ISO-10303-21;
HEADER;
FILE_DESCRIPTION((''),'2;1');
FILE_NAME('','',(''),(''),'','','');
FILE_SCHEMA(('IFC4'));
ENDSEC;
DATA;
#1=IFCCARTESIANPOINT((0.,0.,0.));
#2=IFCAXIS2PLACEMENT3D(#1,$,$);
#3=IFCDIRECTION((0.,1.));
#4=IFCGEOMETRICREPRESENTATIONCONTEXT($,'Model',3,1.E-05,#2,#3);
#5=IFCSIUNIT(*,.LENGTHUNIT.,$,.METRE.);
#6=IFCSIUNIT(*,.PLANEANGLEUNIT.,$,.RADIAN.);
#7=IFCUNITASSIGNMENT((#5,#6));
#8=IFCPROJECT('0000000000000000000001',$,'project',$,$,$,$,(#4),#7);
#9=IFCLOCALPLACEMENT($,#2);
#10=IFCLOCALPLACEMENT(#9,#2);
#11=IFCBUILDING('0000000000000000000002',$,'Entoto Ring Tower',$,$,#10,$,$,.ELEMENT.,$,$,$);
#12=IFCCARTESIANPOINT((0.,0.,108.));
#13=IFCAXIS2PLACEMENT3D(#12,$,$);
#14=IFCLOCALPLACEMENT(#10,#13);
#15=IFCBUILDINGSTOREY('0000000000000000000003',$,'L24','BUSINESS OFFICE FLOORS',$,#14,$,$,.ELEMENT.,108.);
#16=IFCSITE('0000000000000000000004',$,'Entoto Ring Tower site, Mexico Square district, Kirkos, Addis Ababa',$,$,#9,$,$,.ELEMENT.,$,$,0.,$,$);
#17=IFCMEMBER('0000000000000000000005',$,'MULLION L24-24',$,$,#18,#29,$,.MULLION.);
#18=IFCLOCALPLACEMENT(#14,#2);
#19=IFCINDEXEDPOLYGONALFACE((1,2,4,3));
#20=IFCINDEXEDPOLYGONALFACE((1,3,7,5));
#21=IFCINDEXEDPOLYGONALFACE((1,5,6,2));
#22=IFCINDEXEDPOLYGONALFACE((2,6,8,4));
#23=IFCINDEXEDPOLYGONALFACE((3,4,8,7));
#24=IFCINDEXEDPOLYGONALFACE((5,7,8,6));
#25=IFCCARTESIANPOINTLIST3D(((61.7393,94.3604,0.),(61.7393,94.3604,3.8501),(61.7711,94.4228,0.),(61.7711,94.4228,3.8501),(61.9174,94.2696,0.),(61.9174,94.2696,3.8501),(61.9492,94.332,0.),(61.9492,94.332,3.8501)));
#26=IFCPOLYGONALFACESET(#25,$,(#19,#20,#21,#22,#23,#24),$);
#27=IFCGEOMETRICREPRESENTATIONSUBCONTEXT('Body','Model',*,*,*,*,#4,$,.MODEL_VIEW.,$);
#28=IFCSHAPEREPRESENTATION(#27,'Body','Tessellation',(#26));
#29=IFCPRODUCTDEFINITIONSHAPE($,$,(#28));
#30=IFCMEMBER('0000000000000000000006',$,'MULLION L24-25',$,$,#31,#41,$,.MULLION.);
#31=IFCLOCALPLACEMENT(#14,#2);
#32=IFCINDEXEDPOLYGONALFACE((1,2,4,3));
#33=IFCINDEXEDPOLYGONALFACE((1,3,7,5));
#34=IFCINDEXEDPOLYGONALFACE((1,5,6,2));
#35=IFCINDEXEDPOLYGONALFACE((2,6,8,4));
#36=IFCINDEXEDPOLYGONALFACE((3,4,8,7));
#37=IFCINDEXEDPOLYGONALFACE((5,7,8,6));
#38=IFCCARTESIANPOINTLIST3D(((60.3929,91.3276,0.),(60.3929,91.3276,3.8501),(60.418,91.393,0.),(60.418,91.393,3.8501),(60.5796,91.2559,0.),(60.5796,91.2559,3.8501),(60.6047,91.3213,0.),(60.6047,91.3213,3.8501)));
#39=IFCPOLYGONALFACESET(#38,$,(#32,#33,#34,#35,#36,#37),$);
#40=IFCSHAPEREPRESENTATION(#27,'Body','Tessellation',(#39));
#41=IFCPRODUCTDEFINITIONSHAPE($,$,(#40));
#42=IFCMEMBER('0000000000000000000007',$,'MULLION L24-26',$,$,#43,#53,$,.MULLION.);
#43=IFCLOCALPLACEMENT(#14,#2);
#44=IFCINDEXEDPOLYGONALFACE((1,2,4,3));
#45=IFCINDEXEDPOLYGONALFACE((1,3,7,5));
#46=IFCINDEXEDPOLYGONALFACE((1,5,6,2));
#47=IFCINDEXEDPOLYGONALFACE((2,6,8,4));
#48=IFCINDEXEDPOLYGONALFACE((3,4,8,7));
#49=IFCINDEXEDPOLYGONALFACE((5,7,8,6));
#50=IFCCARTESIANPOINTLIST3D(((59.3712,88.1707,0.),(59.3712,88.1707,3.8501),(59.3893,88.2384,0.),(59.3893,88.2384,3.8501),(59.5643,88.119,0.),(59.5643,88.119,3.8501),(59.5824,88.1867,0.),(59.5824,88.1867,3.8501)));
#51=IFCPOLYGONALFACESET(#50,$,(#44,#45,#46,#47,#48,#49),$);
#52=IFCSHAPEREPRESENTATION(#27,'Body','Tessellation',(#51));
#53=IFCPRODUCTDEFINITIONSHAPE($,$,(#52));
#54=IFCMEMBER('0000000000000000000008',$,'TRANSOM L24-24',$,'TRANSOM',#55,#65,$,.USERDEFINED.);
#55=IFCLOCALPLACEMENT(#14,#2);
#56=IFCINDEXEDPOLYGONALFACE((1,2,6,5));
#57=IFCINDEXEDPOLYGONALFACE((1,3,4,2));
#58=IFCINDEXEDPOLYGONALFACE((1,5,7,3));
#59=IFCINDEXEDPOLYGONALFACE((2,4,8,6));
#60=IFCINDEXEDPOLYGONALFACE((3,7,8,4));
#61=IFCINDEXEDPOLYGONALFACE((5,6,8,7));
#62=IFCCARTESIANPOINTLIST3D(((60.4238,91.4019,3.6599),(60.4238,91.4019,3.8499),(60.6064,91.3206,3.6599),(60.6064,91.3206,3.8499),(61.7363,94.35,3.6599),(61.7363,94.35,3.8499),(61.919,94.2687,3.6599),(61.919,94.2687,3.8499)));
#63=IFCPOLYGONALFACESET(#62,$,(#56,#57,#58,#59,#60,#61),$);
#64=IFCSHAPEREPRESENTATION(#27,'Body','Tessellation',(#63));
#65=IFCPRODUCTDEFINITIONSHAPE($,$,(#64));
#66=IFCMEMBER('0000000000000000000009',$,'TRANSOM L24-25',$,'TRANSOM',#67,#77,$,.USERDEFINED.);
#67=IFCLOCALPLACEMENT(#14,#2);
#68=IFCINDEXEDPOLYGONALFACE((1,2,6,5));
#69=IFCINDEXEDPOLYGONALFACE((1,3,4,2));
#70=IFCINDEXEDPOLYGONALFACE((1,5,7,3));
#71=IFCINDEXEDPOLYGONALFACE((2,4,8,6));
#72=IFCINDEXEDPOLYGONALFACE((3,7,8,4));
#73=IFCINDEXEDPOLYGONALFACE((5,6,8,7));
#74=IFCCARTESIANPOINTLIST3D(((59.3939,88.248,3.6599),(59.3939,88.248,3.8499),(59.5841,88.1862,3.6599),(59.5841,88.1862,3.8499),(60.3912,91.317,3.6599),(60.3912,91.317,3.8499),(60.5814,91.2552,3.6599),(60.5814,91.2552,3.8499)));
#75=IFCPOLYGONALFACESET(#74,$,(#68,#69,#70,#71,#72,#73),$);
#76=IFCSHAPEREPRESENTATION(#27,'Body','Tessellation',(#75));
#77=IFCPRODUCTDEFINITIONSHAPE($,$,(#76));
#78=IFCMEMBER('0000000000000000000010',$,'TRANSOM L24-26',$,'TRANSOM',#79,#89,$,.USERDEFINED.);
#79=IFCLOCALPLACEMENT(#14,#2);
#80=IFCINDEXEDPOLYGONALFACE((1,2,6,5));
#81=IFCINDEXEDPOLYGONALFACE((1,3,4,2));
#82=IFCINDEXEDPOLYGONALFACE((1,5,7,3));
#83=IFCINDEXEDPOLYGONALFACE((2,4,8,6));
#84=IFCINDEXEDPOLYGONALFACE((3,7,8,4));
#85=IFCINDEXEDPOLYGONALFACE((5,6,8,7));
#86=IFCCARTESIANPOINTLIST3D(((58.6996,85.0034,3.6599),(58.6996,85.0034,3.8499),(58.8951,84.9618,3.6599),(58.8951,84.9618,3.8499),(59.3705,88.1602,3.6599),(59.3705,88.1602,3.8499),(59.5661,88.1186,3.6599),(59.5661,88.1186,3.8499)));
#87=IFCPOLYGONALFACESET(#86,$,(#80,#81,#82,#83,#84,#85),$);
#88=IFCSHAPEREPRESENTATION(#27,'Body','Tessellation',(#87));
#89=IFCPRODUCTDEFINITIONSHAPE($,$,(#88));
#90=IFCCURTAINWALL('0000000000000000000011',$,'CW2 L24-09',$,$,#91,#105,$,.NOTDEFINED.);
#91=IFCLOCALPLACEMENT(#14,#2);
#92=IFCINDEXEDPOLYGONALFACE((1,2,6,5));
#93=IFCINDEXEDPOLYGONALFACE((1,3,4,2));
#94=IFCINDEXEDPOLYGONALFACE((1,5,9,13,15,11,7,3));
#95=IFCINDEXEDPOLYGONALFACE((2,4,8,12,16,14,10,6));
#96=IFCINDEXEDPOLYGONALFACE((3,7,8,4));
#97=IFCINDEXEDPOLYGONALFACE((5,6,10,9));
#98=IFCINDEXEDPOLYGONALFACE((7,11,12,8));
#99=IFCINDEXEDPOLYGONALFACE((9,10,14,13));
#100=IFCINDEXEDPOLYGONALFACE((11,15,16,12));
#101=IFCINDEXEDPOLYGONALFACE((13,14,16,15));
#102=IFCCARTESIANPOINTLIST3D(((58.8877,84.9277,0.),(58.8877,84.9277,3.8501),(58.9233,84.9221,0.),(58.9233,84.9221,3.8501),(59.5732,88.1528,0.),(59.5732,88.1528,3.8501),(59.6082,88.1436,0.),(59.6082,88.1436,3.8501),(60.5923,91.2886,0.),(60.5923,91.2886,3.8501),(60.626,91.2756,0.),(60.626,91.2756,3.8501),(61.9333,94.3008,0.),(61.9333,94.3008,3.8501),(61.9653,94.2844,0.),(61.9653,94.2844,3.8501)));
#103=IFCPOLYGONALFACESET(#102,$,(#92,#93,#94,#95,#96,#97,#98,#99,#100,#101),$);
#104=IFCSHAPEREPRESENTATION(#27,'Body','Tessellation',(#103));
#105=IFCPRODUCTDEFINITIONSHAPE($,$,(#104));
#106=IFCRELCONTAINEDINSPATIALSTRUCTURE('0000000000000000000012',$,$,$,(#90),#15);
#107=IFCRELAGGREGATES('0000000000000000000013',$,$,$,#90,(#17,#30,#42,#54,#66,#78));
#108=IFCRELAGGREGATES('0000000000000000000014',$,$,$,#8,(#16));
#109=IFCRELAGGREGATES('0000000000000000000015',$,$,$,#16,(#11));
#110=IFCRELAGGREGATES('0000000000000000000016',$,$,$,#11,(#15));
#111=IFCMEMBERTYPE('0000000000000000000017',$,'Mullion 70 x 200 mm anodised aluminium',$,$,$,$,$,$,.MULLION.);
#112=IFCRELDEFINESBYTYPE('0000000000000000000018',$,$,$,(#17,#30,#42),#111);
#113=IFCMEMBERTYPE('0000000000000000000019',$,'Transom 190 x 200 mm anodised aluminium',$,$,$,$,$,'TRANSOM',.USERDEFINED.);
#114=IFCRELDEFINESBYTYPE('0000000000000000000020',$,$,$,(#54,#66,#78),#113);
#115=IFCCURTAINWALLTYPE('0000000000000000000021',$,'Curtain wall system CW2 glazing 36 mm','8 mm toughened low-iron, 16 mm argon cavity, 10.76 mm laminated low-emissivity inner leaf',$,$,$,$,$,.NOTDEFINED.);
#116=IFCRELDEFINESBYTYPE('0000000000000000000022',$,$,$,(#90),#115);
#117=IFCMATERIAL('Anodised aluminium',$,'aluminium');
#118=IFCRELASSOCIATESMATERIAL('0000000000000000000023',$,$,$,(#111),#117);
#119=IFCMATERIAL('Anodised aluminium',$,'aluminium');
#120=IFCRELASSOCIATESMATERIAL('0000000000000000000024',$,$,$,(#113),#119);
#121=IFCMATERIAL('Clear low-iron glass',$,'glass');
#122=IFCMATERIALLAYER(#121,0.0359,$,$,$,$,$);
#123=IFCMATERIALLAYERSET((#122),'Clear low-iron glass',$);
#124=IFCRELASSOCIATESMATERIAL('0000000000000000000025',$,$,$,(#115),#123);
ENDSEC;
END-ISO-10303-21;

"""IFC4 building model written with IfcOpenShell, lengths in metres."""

from ifc_helpers import new_model, si_unit, direction, frame, origin, origin_2d, place, context, subcontext, project, spatial, polyline, rectangle, outline, extrude, material, layer, layer_set, material_profile, profile_set, type_object, element, aggregate, save


model = new_model("IFC4")

# Units and contexts
model_context = context("Model", 3, precision=1e-05, world=origin(), true_north=direction((0.0, 1.0)))
body_context = subcontext(model_context, "Body", "Model", "MODEL_VIEW")
ifc_project = project(units=[si_unit("LENGTHUNIT", "METRE"), si_unit("PLANEANGLEUNIT", "RADIAN")], contexts=[model_context])

# Members
ifc_material_1 = material(Name="Anodised aluminium", Category="aluminium")
ifc_material_profile_1 = material_profile(ifc_material_1, rectangle(XDim=0.0701, YDim=0.2, at=origin_2d()), Name="Mullion 70 x 200 mm anodised aluminium")
ifc_profile_set_1 = profile_set([ifc_material_profile_1], Name="Anodised aluminium")
member_type_1 = type_object("IfcMemberType", Name="Mullion 70 x 200 mm anodised aluminium", PredefinedType="MULLION", material=ifc_profile_set_1)
site_placement = place(None, origin())
building_placement = place(site_placement, origin())
storey_placement = place(building_placement, frame((0.0, 0.0, 108.0)))
member_1_placement = place(storey_placement, frame((61.8442, 94.3462, 0.0), z_axis=(0.0, 0.0, 1.0), x_axis=(-0.45399, -0.891007, 0.0)))
member_1 = element("IfcMember", 1, at=member_1_placement, type_object=member_type_1, Name="MULLION L24-24", PredefinedType="MULLION", context=body_context, shape_type="SweptSolid", body=[
    extrude(rectangle(XDim=0.0701, YDim=0.2, at=origin_2d()), origin(), (0.0, 0.0, 1.0), 3.8501),
])
member_2_placement = place(storey_placement, frame((60.4988, 91.3245, 0.0), z_axis=(0.0, 0.0, 1.0), x_axis=(-0.358368, -0.93358, 0.0)))
member_2 = element("IfcMember", 2, at=member_2_placement, type_object=member_type_1, Name="MULLION L24-25", PredefinedType="MULLION", context=body_context, shape_type="SweptSolid", body=[
    extrude(rectangle(XDim=0.0701, YDim=0.2, at=origin_2d()), origin(), (0.0, 0.0, 1.0), 3.8501),
])
member_3_placement = place(storey_placement, frame((59.4768, 88.1787, 0.0), z_axis=(0.0, 0.0, 1.0), x_axis=(-0.258819, -0.965926, 0.0)))
member_3 = element("IfcMember", 3, at=member_3_placement, type_object=member_type_1, Name="MULLION L24-26", PredefinedType="MULLION", context=body_context, shape_type="SweptSolid", body=[
    extrude(rectangle(XDim=0.0701, YDim=0.2, at=origin_2d()), origin(), (0.0, 0.0, 1.0), 3.8501),
])
ifc_material_2 = material(Name="Anodised aluminium", Category="aluminium")
ifc_material_profile_2 = material_profile(ifc_material_2, rectangle(XDim=0.2, YDim=0.1899, at=origin_2d()), Name="Transom 190 x 200 mm anodised aluminium")
ifc_profile_set_2 = profile_set([ifc_material_profile_2], Name="Anodised aluminium")
member_type_2 = type_object("IfcMemberType", Name="Transom 190 x 200 mm anodised aluminium", ElementType="TRANSOM", PredefinedType="USERDEFINED", material=ifc_profile_set_2)
member_4_placement = place(storey_placement, frame((61.8276, 94.3093, 3.7549), z_axis=(-0.406728, -0.913549, 0.0), x_axis=(0.913549, -0.406728, 0.0)))
member_4 = element("IfcMember", 4, at=member_4_placement, type_object=member_type_2, Name="TRANSOM L24-24", ObjectType="TRANSOM", PredefinedType="USERDEFINED", context=body_context, shape_type="SweptSolid", body=[
    extrude(rectangle(XDim=0.2, YDim=0.1899, at=origin_2d()), origin(), (0.0, 0.0, 1.0), 3.2271),
])
member_5_placement = place(storey_placement, frame((60.4863, 91.2861, 3.7549), z_axis=(-0.309047, -0.951047, 0.0), x_axis=(0.951047, -0.309047, 0.0)))
member_5 = element("IfcMember", 5, at=member_5_placement, type_object=member_type_2, Name="TRANSOM L24-25", ObjectType="TRANSOM", PredefinedType="USERDEFINED", context=body_context, shape_type="SweptSolid", body=[
    extrude(rectangle(XDim=0.2, YDim=0.1899, at=origin_2d()), origin(), (0.0, 0.0, 1.0), 3.2271),
])
member_6_placement = place(storey_placement, frame((59.4683, 88.1394, 3.7549), z_axis=(-0.207886, -0.978153, 0.0), x_axis=(0.978153, -0.207886, 0.0)))
member_6 = element("IfcMember", 6, at=member_6_placement, type_object=member_type_2, Name="TRANSOM L24-26", ObjectType="TRANSOM", PredefinedType="USERDEFINED", context=body_context, shape_type="SweptSolid", body=[
    extrude(rectangle(XDim=0.2, YDim=0.1899, at=origin_2d()), origin(), (0.0, 0.0, 1.0), 3.2273),
])

# Site, building, storey
site = spatial("IfcSite", under=ifc_project, at=site_placement, Name="Entoto Ring Tower site, Mexico Square district, Kirkos, Addis Ababa", CompositionType="ELEMENT", RefElevation=0.0)
building = spatial("IfcBuilding", under=site, at=building_placement, Name="Entoto Ring Tower", CompositionType="ELEMENT")
storey = spatial("IfcBuildingStorey", under=building, at=storey_placement, Name="L24", Description="BUSINESS OFFICE FLOORS", CompositionType="ELEMENT", Elevation=108.0)

# Curtain wall
ifc_material_3 = material(Name="Clear low-iron glass", Category="glass")
ifc_layer = layer(ifc_material_3, 0.0359)
ifc_layer_set = layer_set([ifc_layer], Name="Clear low-iron glass")
curtain_wall_type = type_object("IfcCurtainWallType", Name="Curtain wall system CW2 glazing 36 mm", Description="8 mm toughened low-iron, 16 mm argon cavity, 10.76 mm laminated low-emissivity inner leaf", PredefinedType="NOTDEFINED", material=ifc_layer_set)
curtain_wall_1_placement = place(storey_placement, origin())
curtain_wall_1 = element("IfcCurtainWall", 7, at=curtain_wall_1_placement, inside=storey, type_object=curtain_wall_type, Name="CW2 L24-09", PredefinedType="NOTDEFINED", context=body_context, shape_type="SweptSolid", body=[
    extrude(outline(polyline([(61.9333, 94.3008), (60.5923, 91.2886), (59.5732, 88.1528), (58.8877, 84.9277), (58.9233, 84.9221), (59.6082, 88.1436), (60.626, 91.2756), (61.9653, 94.2844), (61.9333, 94.3008)])), origin(), (0.0, 0.0, 1.0), 3.8501),
])
aggregate(curtain_wall_1, [member_1, member_2, member_3, member_4, member_5, member_6])

save(model, "model.ifc")
